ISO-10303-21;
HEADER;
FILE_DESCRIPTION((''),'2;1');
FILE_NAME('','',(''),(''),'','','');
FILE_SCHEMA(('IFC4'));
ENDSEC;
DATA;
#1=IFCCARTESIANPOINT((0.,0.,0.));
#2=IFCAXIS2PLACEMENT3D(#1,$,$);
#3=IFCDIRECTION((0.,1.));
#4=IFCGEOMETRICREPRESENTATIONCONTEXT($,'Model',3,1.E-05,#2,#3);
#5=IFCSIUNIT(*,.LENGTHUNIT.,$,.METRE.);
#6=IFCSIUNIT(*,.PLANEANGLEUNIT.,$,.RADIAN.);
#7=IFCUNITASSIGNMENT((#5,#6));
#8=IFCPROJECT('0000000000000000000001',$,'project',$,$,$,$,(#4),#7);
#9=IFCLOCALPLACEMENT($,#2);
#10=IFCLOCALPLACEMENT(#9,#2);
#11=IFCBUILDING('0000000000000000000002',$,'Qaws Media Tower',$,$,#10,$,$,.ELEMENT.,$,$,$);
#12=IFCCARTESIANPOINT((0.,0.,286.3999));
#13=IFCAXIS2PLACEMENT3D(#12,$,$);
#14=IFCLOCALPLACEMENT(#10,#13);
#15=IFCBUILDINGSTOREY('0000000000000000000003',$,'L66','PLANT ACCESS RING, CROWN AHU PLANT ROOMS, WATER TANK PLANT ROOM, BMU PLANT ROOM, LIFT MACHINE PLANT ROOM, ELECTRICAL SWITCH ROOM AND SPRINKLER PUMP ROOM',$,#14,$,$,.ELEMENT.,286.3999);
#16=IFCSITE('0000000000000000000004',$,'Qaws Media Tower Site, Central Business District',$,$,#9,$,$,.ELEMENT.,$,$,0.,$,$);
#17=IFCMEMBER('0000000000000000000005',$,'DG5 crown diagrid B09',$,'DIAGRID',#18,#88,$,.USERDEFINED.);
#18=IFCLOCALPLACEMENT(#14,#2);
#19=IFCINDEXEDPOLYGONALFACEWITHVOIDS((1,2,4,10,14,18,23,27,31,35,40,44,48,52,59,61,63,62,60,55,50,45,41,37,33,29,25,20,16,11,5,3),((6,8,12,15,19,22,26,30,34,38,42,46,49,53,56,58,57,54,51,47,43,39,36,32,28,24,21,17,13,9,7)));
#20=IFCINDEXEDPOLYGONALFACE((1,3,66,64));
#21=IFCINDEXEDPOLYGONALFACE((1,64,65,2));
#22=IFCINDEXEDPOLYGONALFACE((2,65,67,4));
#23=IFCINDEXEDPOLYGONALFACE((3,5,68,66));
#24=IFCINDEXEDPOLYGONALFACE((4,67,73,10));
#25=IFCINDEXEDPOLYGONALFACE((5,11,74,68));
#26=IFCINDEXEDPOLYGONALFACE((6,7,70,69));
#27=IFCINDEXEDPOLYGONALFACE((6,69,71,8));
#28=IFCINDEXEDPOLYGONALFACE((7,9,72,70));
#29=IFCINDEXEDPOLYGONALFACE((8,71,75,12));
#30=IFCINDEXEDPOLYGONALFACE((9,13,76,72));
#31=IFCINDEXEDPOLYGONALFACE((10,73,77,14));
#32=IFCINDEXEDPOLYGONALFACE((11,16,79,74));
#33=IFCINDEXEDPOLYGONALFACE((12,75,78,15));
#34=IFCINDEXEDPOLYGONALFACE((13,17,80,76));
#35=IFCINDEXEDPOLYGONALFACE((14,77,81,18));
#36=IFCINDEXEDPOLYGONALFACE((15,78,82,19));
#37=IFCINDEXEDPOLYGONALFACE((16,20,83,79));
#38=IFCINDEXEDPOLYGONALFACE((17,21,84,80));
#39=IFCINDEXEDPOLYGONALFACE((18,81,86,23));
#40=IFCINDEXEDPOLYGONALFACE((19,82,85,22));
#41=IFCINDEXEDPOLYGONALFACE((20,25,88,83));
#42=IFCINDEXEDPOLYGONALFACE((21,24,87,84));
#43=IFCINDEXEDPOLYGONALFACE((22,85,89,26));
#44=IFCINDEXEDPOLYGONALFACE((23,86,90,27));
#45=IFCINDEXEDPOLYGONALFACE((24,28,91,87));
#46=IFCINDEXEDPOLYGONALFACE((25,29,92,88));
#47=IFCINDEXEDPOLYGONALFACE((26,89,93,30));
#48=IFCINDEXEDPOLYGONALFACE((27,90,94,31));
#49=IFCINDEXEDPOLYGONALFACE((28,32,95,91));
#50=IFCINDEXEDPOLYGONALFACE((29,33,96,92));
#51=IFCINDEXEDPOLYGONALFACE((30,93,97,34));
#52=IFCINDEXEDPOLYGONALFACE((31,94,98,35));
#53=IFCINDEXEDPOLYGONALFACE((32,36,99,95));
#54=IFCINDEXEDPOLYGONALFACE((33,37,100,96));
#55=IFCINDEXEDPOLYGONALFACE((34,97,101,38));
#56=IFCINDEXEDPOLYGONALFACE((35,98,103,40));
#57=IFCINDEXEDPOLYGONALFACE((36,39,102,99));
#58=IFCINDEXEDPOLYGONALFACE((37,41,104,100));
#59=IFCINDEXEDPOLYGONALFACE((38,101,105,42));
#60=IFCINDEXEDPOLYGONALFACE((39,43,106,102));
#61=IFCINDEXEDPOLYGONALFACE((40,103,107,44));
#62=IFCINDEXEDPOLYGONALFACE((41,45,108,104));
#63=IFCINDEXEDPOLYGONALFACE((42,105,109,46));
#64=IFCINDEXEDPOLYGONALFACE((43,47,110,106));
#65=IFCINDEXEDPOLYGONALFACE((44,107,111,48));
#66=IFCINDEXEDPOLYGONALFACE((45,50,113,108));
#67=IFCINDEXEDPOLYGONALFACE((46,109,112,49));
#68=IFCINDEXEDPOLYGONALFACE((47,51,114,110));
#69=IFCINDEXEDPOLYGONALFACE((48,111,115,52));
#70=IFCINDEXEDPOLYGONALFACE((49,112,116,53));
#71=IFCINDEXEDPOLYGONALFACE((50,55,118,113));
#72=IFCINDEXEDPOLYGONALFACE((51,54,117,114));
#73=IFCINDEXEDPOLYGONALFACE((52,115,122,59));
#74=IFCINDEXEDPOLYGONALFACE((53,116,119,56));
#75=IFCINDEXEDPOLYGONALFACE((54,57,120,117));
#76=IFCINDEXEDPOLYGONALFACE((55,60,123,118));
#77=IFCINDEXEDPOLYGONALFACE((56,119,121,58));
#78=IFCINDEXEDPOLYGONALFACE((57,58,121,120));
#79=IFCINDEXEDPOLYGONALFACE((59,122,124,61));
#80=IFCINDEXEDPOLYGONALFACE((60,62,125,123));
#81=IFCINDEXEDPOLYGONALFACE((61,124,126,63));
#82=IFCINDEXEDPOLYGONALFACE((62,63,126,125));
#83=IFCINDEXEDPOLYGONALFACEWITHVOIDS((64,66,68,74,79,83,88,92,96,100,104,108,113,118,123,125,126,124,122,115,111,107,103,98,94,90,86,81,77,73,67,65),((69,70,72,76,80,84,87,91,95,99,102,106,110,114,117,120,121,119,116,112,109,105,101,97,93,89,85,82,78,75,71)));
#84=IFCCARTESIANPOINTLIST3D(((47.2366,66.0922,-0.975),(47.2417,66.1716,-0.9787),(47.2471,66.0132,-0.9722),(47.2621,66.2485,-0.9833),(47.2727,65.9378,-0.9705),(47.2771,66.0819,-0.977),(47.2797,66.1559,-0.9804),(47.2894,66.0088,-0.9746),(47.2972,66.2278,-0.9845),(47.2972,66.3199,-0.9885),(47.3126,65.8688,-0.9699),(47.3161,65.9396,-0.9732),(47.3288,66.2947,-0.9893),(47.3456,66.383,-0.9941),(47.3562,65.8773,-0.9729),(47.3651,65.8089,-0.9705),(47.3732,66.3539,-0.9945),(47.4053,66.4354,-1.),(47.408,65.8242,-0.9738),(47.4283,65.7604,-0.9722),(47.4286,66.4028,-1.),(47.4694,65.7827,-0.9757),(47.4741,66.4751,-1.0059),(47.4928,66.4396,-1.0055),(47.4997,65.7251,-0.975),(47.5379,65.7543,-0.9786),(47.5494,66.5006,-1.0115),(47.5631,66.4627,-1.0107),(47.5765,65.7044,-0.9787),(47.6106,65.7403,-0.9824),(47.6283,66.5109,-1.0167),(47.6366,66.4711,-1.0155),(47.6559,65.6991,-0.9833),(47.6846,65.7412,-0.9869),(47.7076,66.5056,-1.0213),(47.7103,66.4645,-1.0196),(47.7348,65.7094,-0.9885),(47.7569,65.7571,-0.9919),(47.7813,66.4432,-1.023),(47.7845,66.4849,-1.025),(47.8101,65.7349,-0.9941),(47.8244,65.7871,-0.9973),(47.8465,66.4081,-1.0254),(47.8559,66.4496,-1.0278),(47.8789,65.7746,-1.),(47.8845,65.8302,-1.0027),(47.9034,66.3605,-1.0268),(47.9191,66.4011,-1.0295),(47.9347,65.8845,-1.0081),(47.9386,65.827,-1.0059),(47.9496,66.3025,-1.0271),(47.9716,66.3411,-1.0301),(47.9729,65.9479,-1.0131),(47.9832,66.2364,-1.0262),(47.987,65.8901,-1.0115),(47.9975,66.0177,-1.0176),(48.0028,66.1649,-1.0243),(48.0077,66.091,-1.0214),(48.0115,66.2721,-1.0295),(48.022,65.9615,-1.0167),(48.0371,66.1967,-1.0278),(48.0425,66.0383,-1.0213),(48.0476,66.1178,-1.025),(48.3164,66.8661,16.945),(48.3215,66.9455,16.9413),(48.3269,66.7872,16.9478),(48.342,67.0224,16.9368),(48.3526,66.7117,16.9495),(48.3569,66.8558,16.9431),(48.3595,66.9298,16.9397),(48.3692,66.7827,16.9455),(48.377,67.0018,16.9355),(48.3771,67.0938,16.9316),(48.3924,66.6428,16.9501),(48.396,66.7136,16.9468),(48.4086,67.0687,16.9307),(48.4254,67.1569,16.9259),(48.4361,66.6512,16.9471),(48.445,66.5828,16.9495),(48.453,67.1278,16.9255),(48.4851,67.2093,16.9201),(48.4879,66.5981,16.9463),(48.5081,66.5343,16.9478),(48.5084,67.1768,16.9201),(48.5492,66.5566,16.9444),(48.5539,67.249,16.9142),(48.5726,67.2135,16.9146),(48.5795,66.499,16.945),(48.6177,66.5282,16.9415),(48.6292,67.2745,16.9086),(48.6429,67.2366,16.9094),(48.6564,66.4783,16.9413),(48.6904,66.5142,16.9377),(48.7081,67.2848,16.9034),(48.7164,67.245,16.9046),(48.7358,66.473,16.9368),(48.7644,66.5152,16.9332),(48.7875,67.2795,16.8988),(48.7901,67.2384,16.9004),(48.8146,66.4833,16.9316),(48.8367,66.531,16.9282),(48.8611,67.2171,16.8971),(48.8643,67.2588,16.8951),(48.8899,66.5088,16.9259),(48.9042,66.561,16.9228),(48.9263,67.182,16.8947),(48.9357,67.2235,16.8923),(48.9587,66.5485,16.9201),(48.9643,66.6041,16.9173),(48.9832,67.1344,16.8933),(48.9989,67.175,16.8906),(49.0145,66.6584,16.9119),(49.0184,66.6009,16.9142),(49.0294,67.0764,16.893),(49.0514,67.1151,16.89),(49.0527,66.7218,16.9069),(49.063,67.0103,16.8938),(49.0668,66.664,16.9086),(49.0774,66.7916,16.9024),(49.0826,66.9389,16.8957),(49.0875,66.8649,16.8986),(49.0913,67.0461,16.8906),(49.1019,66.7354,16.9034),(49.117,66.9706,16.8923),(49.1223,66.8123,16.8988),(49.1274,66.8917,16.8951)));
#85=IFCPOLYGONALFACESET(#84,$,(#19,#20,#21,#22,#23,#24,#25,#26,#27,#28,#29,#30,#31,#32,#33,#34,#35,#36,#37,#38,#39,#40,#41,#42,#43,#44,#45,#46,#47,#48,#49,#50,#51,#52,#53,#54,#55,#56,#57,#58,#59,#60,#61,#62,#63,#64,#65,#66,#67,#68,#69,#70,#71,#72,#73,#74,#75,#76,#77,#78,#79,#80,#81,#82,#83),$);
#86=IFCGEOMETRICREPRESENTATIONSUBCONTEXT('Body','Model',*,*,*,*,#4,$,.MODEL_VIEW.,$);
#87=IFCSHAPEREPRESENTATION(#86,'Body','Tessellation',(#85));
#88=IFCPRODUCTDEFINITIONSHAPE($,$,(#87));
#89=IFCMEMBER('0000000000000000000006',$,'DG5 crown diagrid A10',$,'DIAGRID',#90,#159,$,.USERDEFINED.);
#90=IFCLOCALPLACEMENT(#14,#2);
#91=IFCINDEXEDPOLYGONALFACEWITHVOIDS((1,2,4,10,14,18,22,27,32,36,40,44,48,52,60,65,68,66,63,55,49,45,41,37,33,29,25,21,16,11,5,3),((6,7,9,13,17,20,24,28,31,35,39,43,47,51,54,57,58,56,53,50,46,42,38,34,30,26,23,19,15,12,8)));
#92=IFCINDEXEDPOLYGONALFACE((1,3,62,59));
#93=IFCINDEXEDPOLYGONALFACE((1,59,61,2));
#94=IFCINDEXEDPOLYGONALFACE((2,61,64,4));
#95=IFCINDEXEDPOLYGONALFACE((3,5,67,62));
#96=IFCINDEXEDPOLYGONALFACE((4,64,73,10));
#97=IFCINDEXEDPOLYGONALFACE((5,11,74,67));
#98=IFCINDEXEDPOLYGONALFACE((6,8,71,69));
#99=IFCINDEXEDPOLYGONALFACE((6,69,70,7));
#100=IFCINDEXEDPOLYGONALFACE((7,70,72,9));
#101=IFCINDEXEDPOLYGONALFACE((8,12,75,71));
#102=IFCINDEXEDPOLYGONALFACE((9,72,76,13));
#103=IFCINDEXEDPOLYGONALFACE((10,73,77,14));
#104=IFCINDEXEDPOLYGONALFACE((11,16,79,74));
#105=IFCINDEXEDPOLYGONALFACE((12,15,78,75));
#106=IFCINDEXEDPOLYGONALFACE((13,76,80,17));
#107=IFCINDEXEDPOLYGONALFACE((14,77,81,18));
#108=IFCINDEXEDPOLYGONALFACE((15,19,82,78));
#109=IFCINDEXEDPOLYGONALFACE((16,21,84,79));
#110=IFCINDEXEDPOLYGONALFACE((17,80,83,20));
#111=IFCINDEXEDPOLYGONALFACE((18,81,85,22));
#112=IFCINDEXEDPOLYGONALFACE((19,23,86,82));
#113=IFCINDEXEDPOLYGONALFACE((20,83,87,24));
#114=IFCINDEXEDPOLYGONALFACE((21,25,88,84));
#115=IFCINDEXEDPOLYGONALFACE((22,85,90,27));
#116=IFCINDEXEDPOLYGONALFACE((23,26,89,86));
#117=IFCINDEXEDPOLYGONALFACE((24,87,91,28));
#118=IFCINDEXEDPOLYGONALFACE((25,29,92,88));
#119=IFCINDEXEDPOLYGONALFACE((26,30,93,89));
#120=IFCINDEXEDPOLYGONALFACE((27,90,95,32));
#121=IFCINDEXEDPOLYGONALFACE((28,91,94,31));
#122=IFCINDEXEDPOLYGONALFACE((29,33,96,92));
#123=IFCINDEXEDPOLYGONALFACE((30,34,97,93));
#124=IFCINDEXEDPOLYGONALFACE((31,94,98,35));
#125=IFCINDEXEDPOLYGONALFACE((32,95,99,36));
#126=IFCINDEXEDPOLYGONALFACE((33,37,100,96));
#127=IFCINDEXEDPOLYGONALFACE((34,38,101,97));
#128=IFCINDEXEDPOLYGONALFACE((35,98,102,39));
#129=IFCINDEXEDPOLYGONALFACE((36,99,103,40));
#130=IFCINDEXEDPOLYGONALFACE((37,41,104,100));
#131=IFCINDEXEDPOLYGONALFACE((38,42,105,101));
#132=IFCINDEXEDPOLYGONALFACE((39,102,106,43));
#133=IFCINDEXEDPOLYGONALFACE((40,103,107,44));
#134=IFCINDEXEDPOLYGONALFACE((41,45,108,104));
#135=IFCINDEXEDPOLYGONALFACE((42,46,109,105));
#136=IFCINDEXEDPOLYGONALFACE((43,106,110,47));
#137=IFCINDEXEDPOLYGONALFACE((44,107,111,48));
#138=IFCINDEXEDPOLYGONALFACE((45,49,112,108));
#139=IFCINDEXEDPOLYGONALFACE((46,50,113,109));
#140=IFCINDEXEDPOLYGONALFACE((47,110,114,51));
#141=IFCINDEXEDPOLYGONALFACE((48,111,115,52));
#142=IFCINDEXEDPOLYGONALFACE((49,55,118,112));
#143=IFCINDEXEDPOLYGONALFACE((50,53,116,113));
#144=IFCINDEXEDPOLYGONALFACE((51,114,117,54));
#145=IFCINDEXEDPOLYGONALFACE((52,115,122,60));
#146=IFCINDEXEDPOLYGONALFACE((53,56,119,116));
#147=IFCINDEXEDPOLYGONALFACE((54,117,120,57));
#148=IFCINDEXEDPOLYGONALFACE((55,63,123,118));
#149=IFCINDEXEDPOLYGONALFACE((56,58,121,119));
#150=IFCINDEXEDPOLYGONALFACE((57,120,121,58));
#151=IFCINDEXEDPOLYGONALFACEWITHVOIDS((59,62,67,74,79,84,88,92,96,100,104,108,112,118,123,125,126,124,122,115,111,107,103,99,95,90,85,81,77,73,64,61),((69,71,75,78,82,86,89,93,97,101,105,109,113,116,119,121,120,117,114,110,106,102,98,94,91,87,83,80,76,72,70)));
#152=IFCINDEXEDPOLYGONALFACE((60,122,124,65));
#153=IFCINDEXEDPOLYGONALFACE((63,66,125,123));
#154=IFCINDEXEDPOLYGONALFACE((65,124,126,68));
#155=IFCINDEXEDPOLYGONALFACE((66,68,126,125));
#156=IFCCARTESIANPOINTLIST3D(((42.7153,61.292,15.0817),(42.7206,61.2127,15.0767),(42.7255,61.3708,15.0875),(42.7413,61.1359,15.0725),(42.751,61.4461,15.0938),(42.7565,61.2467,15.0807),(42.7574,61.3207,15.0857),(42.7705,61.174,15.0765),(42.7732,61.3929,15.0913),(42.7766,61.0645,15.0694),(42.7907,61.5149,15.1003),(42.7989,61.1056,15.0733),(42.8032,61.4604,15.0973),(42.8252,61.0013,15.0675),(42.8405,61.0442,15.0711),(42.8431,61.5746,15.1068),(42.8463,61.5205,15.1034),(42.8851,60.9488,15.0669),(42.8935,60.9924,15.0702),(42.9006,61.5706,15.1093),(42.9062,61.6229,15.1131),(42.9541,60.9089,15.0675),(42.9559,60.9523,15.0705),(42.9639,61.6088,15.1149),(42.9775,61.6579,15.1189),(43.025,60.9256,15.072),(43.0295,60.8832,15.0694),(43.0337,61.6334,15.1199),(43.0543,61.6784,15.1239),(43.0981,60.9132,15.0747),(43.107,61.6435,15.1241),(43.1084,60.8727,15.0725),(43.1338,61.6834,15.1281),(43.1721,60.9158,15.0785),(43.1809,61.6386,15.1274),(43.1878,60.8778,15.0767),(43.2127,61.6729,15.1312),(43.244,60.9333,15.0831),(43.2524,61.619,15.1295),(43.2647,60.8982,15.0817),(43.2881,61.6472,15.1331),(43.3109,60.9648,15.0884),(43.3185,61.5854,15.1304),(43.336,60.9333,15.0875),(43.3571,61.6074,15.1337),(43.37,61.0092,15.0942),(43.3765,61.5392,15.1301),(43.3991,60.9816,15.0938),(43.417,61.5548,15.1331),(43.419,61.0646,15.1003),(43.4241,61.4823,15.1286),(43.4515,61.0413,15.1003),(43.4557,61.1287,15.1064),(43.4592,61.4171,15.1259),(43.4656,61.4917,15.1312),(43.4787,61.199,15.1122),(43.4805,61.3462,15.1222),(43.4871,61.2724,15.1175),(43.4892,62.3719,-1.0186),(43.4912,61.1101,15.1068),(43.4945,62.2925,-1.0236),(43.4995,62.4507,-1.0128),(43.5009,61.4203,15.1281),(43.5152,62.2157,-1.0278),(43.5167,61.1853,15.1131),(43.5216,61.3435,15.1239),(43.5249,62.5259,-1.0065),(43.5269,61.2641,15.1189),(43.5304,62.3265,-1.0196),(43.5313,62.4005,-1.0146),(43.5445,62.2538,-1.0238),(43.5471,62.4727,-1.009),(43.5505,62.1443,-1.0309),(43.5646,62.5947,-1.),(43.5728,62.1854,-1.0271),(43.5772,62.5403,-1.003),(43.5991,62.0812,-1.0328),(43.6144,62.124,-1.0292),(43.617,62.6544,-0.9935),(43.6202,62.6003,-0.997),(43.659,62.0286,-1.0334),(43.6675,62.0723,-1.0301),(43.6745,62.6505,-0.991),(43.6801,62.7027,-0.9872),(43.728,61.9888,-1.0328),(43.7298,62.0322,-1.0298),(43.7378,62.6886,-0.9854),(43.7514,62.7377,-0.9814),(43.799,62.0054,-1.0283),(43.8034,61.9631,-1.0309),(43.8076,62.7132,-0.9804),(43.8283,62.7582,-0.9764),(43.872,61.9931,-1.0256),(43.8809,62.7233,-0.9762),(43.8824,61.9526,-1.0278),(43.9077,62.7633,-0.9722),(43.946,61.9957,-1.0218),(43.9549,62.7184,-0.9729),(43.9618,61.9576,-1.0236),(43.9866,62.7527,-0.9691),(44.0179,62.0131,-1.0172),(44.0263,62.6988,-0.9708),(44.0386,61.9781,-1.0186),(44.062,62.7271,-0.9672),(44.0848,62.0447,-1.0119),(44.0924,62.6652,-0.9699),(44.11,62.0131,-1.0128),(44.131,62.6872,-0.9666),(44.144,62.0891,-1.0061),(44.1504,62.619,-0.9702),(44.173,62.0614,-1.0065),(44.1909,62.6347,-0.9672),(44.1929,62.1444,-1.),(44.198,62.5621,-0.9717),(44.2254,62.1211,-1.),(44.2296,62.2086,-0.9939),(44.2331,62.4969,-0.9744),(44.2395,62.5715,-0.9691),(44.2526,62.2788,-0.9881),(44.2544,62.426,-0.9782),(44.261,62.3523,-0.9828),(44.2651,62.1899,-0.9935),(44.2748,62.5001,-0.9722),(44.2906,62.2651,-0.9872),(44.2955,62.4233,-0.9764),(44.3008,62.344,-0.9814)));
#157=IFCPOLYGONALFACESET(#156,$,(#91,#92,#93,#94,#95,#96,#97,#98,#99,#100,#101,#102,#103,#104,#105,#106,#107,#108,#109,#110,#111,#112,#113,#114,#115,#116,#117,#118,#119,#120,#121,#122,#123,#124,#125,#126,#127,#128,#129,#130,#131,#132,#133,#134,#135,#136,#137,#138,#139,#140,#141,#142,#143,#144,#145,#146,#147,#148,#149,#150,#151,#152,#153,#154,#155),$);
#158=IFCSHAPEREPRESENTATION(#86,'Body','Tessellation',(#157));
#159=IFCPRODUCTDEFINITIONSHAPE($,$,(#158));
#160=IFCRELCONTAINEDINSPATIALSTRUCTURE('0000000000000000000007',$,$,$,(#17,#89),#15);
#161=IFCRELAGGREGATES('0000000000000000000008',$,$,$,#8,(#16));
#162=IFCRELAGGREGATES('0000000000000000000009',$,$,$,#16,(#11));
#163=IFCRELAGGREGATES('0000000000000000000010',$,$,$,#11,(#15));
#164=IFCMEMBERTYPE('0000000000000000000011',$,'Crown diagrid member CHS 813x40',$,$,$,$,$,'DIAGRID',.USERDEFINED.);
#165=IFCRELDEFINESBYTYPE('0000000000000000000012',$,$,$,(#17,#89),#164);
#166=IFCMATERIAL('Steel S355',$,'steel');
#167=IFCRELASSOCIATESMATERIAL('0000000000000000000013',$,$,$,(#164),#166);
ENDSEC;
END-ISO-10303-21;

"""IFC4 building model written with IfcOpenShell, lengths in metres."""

from ifc_helpers import new_model, si_unit, direction, frame, origin, origin_2d, place, context, subcontext, project, spatial, hollow_circle, extrude, material, material_profile, profile_set, type_object, element, save


model = new_model("IFC4")

# Units and contexts
model_context = context("Model", 3, precision=1e-05, world=origin(), true_north=direction((0.0, 1.0)))
body_context = subcontext(model_context, "Body", "Model", "MODEL_VIEW")
ifc_project = project(units=[si_unit("LENGTHUNIT", "METRE"), si_unit("PLANEANGLEUNIT", "RADIAN")], contexts=[model_context])

# Site, building, storey
site_placement = place(None, origin())
site = spatial("IfcSite", under=ifc_project, at=site_placement, Name="Qaws Media Tower Site, Central Business District", CompositionType="ELEMENT", RefElevation=0.0)
building_placement = place(site_placement, origin())
building = spatial("IfcBuilding", under=site, at=building_placement, Name="Qaws Media Tower", CompositionType="ELEMENT")
storey_placement = place(building_placement, frame((0.0, 0.0, 286.3999)))
storey = spatial("IfcBuildingStorey", under=building, at=storey_placement, Name="L66", Description="PLANT ACCESS RING, CROWN AHU PLANT ROOMS, WATER TANK PLANT ROOM, BMU PLANT ROOM, LIFT MACHINE PLANT ROOM, ELECTRICAL SWITCH ROOM AND SPRINKLER PUMP ROOM", CompositionType="ELEMENT", Elevation=286.3999)

# Members
ifc_material_1 = material(Name="Steel S355", Category="steel")
ifc_material_profile_1 = material_profile(ifc_material_1, hollow_circle(Radius=0.4065, WallThickness=0.04, at=origin_2d()), Name="CHS 813x40")
ifc_profile_set_1 = profile_set([ifc_material_profile_1], Name="Steel S355")
member_type = type_object("IfcMemberType", Name="Crown diagrid member CHS 813x40", ElementType="DIAGRID", PredefinedType="USERDEFINED", material=ifc_profile_set_1)
member_1_placement = place(storey_placement, frame((47.6421, 66.105, -1.0), z_axis=(0.060093, 0.043069, 0.997263), x_axis=(-0.582541, 0.812801, 0.0)))
element("IfcMember", 1, at=member_1_placement, inside=storey, type_object=member_type, Name="DG5 crown diagrid B09", ObjectType="DIAGRID", PredefinedType="USERDEFINED", context=body_context, shape_type="SweptSolid", body=[
    extrude(hollow_circle(Radius=0.4065, WallThickness=0.04, at=origin_2d()), origin(), (0.0, 0.0, 1.0), 17.9692),
])
member_2_placement = place(storey_placement, frame((43.895, 62.3579, -1.0), z_axis=(-0.047906, -0.066842, 0.996613), x_axis=(0.812801, -0.582541, 0.0)))
element("IfcMember", 2, at=member_2_placement, inside=storey, type_object=member_type, Name="DG5 crown diagrid A10", ObjectType="DIAGRID", PredefinedType="USERDEFINED", context=body_context, shape_type="SweptSolid", body=[
    extrude(hollow_circle(Radius=0.4065, WallThickness=0.04, at=origin_2d()), origin(), (0.0, 0.0, 1.0), 16.155),
])

save(model, "model.ifc")
